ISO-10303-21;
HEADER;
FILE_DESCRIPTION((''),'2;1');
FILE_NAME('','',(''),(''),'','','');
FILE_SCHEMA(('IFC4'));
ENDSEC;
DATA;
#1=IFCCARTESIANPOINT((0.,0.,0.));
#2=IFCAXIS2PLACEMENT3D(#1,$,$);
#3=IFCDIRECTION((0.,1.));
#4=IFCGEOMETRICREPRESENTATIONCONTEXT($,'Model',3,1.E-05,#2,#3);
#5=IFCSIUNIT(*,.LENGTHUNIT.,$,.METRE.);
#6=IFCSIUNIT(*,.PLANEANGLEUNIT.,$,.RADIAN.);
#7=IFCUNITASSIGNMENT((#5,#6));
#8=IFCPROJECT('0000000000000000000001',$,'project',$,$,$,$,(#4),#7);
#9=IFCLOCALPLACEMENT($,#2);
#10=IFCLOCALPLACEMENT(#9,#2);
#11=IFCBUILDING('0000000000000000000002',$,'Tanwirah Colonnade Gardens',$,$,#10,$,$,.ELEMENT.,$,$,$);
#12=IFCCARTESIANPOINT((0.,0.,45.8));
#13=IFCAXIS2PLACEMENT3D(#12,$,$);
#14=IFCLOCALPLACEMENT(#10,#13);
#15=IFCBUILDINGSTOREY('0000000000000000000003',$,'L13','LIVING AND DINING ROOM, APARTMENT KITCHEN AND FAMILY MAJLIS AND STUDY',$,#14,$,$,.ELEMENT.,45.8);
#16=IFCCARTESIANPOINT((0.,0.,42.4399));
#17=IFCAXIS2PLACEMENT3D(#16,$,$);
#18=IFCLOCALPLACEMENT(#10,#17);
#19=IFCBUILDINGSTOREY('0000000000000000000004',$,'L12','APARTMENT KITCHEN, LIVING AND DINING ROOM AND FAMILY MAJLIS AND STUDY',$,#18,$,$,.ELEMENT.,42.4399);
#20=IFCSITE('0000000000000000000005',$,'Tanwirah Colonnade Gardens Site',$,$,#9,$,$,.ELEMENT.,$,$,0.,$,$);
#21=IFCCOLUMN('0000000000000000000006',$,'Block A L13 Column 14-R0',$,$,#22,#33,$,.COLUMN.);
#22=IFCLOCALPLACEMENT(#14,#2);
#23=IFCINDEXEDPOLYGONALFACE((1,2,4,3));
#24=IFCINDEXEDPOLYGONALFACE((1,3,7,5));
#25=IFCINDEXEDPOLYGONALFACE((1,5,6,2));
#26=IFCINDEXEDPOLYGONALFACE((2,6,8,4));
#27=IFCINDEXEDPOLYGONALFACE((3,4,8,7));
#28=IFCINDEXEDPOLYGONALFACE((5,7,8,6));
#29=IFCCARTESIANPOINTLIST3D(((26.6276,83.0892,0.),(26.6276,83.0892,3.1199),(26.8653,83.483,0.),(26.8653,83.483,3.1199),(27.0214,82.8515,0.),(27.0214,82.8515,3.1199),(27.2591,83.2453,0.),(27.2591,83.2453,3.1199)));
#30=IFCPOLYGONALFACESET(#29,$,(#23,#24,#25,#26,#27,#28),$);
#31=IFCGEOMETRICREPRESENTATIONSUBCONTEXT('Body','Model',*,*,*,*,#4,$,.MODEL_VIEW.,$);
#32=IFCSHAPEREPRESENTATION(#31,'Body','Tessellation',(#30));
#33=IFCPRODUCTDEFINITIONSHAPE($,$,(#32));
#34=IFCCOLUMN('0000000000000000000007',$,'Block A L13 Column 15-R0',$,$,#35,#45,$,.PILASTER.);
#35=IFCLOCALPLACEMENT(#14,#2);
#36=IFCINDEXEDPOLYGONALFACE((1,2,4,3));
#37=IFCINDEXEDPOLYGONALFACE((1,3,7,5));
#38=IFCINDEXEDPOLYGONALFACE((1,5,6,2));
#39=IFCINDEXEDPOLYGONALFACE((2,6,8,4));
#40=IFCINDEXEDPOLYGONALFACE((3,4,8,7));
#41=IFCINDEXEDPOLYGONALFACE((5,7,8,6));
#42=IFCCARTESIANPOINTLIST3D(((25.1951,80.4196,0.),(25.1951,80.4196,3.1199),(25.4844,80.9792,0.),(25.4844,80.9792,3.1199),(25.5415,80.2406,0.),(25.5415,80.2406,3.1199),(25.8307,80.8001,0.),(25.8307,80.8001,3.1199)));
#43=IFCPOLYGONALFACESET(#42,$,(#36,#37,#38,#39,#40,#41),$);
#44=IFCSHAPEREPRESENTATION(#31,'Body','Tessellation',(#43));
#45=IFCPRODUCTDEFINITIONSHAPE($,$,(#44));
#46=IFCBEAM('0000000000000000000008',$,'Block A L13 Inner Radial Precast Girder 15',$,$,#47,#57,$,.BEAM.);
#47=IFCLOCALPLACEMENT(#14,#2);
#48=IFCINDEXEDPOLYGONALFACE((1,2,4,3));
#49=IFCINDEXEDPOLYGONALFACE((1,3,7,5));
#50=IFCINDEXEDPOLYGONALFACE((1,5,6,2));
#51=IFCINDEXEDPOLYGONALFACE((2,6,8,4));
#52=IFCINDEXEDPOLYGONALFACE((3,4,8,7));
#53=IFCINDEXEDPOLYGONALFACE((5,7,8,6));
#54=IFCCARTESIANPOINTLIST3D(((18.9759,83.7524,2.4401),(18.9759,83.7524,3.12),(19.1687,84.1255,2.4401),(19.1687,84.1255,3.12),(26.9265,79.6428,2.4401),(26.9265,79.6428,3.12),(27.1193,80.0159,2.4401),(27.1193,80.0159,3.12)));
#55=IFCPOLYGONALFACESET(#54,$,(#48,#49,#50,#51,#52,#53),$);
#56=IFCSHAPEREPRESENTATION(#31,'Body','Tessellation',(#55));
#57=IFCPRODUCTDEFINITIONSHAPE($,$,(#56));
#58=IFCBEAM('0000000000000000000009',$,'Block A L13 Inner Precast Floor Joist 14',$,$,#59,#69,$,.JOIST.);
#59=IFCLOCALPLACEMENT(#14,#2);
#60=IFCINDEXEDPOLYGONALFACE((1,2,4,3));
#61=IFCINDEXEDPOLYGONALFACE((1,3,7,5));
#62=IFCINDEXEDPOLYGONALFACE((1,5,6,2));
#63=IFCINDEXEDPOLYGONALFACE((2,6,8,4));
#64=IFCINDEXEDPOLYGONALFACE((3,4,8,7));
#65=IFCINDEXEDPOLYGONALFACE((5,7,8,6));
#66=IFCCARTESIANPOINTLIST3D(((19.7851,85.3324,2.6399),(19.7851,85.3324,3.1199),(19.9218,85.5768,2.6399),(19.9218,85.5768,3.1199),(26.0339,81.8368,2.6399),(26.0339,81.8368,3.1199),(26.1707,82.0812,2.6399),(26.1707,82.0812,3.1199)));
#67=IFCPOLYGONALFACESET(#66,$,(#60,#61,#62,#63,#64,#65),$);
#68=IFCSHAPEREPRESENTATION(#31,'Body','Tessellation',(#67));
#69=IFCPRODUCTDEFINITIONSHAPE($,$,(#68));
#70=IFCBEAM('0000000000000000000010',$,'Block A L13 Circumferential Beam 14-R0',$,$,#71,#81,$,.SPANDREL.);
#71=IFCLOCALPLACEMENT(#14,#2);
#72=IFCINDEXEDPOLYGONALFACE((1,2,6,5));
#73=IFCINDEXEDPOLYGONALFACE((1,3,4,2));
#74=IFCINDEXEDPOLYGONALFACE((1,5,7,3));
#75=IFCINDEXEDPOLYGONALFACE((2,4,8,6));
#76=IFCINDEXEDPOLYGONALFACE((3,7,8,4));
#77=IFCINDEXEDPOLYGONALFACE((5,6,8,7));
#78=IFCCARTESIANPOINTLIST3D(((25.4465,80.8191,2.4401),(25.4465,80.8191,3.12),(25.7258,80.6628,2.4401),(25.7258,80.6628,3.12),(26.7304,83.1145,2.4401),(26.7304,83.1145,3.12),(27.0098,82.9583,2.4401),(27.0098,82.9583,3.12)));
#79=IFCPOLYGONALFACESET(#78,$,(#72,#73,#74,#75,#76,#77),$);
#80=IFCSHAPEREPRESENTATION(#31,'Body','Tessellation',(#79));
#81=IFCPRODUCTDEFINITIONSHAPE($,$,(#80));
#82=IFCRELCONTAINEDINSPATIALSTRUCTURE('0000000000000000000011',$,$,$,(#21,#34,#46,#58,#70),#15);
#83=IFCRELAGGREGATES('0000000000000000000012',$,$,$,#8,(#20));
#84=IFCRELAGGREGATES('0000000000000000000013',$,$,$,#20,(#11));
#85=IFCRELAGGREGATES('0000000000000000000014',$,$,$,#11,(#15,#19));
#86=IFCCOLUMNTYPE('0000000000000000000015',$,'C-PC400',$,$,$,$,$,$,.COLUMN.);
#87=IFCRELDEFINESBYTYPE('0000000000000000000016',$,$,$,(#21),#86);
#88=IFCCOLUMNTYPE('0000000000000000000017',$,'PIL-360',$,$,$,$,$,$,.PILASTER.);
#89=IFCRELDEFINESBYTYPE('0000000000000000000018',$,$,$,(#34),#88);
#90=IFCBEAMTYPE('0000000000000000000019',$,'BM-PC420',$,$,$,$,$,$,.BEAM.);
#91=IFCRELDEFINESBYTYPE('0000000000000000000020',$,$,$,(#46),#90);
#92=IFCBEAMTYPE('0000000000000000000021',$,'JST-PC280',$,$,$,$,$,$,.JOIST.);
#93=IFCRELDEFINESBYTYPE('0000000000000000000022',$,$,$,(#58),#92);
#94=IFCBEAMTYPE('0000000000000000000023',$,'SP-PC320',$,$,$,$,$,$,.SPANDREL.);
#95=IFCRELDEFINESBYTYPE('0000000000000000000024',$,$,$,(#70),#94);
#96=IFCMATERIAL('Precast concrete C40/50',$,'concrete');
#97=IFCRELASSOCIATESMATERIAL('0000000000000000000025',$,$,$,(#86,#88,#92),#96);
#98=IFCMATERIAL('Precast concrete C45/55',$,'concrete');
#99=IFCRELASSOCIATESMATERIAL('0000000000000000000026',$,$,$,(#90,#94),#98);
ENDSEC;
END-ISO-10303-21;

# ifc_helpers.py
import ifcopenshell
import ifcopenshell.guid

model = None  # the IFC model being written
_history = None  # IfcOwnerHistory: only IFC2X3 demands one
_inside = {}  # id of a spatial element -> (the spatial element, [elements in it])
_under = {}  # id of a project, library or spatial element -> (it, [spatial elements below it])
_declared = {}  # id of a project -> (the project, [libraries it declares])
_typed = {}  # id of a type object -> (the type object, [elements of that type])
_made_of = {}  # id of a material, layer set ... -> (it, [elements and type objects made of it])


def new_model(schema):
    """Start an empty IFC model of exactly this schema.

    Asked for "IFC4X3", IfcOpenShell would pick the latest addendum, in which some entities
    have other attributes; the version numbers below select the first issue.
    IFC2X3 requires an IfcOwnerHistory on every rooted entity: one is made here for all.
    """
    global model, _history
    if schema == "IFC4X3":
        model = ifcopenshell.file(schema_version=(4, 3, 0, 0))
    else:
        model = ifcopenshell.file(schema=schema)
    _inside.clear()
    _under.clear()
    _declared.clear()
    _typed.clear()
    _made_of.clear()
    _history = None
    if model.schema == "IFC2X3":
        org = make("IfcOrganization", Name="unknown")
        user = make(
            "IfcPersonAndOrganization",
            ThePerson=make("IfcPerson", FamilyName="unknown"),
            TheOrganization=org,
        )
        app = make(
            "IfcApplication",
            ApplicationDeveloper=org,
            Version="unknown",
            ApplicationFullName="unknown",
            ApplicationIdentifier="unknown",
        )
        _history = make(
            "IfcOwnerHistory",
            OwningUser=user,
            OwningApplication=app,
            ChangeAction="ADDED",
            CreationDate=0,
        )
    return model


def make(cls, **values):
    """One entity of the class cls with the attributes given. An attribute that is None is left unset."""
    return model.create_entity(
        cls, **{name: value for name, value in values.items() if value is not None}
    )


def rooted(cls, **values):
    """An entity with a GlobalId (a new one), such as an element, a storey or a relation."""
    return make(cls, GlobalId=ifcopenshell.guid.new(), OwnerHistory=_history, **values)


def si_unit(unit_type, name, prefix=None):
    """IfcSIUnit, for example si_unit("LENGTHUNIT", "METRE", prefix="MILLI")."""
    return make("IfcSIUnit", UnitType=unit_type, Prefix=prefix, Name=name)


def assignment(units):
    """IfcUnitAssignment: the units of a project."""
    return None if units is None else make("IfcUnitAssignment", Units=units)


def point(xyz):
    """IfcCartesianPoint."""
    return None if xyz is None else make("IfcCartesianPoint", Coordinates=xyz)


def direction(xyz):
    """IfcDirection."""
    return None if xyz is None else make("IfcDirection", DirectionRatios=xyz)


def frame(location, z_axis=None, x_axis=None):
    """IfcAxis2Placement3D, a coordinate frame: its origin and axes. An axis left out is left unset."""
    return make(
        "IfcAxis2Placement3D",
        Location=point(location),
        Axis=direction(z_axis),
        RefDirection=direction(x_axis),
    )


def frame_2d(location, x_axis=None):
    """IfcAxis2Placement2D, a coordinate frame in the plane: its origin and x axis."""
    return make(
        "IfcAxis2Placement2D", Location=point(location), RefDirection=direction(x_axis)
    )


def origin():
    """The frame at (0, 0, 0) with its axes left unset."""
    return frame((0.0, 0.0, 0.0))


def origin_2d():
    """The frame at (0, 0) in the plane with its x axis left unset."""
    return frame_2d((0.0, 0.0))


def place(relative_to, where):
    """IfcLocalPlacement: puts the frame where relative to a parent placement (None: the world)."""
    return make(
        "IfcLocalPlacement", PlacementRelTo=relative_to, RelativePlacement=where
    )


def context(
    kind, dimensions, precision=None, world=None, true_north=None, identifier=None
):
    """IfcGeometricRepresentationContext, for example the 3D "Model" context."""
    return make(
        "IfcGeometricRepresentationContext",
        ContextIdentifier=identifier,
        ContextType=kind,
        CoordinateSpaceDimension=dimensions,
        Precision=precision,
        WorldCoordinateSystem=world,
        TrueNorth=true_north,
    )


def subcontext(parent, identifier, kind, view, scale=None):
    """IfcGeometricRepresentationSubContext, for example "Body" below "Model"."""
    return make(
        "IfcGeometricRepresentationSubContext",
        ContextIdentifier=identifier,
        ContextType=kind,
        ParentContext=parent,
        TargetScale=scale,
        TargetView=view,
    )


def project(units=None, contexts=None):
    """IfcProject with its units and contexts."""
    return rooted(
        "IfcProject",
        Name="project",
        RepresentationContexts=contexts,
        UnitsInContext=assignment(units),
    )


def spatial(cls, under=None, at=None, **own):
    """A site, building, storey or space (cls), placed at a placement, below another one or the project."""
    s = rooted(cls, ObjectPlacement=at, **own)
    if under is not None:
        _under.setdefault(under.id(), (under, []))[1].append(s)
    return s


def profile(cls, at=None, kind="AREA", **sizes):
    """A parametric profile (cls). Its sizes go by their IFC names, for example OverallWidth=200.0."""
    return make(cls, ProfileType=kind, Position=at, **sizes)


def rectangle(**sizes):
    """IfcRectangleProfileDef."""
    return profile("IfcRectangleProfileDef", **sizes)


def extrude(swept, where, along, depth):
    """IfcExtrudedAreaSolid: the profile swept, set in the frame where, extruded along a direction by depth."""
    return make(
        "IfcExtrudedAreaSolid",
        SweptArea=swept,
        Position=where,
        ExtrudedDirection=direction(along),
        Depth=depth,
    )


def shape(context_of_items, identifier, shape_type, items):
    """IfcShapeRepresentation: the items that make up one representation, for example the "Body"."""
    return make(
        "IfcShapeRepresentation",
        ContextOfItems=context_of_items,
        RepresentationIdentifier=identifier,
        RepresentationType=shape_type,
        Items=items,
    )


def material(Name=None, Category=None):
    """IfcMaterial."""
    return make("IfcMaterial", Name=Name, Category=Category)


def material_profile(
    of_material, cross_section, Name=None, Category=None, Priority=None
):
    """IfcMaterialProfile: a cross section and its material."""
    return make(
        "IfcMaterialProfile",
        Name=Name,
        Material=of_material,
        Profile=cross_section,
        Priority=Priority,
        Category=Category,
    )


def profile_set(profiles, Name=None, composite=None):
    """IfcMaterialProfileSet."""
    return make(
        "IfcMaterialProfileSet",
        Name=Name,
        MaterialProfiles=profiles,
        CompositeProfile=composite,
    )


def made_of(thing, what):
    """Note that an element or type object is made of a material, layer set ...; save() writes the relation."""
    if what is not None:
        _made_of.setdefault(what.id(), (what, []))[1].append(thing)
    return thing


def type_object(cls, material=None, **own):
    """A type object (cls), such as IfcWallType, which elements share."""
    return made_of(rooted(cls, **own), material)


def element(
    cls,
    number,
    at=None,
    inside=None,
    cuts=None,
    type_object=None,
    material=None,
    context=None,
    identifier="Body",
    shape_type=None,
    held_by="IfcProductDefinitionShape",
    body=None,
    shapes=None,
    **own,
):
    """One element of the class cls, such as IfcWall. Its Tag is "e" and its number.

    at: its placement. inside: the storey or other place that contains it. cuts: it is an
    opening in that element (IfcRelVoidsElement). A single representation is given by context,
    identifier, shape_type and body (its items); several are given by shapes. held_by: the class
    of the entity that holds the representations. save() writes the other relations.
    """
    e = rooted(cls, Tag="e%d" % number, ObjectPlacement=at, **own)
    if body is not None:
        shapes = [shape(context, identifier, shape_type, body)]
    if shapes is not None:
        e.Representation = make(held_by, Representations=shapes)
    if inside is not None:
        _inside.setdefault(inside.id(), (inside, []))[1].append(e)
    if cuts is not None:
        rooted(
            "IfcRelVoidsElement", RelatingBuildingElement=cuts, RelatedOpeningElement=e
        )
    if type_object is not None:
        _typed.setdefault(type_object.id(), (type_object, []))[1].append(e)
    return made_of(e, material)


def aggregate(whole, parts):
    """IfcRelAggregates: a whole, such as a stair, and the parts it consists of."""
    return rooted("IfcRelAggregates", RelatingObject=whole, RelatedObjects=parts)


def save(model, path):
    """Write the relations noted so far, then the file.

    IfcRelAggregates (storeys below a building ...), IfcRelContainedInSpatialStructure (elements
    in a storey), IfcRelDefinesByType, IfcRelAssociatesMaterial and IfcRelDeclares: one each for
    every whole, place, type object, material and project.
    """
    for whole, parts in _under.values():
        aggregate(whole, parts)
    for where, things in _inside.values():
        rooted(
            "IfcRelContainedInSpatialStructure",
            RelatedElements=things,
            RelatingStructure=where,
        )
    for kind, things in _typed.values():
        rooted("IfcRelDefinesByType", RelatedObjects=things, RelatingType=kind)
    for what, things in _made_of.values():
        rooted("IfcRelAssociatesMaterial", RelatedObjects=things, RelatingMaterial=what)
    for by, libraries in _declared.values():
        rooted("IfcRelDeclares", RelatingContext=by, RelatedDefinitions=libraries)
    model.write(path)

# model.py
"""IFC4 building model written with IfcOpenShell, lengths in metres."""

from ifc_helpers import new_model, si_unit, direction, frame, origin, origin_2d, place, context, subcontext, project, spatial, rectangle, extrude, material, material_profile, profile_set, type_object, element, save


model = new_model("IFC4")

# Units and contexts
model_context = context("Model", 3, precision=1e-05, world=origin(), true_north=direction((0.0, 1.0)))
body_context = subcontext(model_context, "Body", "Model", "MODEL_VIEW")
ifc_project = project(units=[si_unit("LENGTHUNIT", "METRE"), si_unit("PLANEANGLEUNIT", "RADIAN")], contexts=[model_context])

# Site, building, storey
site_placement = place(None, origin())
site = spatial("IfcSite", under=ifc_project, at=site_placement, Name="Tanwirah Colonnade Gardens Site", CompositionType="ELEMENT", RefElevation=0.0)
building_placement = place(site_placement, origin())
building = spatial("IfcBuilding", under=site, at=building_placement, Name="Tanwirah Colonnade Gardens", CompositionType="ELEMENT")
storey_1_placement = place(building_placement, frame((0.0, 0.0, 45.8)))
storey_1 = spatial("IfcBuildingStorey", under=building, at=storey_1_placement, Name="L13", Description="LIVING AND DINING ROOM, APARTMENT KITCHEN AND FAMILY MAJLIS AND STUDY", CompositionType="ELEMENT", Elevation=45.8)

# Columns
ifc_material_1 = material(Name="Precast concrete C40/50", Category="concrete")
ifc_material_profile_1 = material_profile(ifc_material_1, rectangle(XDim=0.46, YDim=0.46, at=origin_2d()), Name="PC-COL 460x460")
ifc_profile_set_1 = profile_set([ifc_material_profile_1], Name="Precast concrete C40/50")
column_type_1 = type_object("IfcColumnType", Name="C-PC400", PredefinedType="COLUMN", material=ifc_profile_set_1)
column_1_placement = place(storey_1_placement, frame((26.9434, 83.1672, 0.0), z_axis=(0.0, 0.0, 1.0), x_axis=(-0.856167, 0.516699, 0.0)))
element("IfcColumn", 1, at=column_1_placement, inside=storey_1, type_object=column_type_1, Name="Block A L13 Column 14-R0", PredefinedType="COLUMN", context=body_context, shape_type="SweptSolid", body=[
    extrude(rectangle(XDim=0.46, YDim=0.46, at=origin_2d()), origin(), (0.0, 0.0, 1.0), 3.1199),
])
ifc_material_profile_2 = material_profile(ifc_material_1, rectangle(XDim=0.3899, YDim=0.6299, at=origin_2d()), Name="PC-PIL 390x630")
ifc_profile_set_2 = profile_set([ifc_material_profile_2], Name="Precast concrete C40/50")
column_type_2 = type_object("IfcColumnType", Name="PIL-360", PredefinedType="PILASTER", material=ifc_profile_set_2)
column_2_placement = place(storey_1_placement, frame((25.5129, 80.6099, 0.0), z_axis=(0.0, 0.0, 1.0), x_axis=(-0.88835, 0.459166, 0.0)))
element("IfcColumn", 2, at=column_2_placement, inside=storey_1, type_object=column_type_2, Name="Block A L13 Column 15-R0", PredefinedType="PILASTER", context=body_context, shape_type="SweptSolid", body=[
    extrude(rectangle(XDim=0.3899, YDim=0.6299, at=origin_2d()), origin(), (0.0, 0.0, 1.0), 3.1199),
])

# Beams
ifc_material_2 = material(Name="Precast concrete C45/55", Category="concrete")
ifc_material_profile_3 = material_profile(ifc_material_2, rectangle(XDim=0.4199, YDim=0.6799, at=origin_2d()), Name="PC-BM 420x680")
ifc_profile_set_3 = profile_set([ifc_material_profile_3], Name="Precast concrete C45/55")
beam_type_1 = type_object("IfcBeamType", Name="BM-PC420", PredefinedType="BEAM", material=ifc_profile_set_3)
beam_1_placement = place(storey_1_placement, frame((19.0723, 83.939, 2.78), z_axis=(0.888345, -0.459176, 0.0), x_axis=(0.459176, 0.888345, 0.0)))
element("IfcBeam", 3, at=beam_1_placement, inside=storey_1, type_object=beam_type_1, Name="Block A L13 Inner Radial Precast Girder 15", PredefinedType="BEAM", context=body_context, shape_type="SweptSolid", body=[
    extrude(rectangle(XDim=0.4199, YDim=0.6799, at=origin_2d()), origin(), (0.0, 0.0, 1.0), 8.95),
])
ifc_material_profile_4 = material_profile(ifc_material_1, rectangle(XDim=0.28, YDim=0.48, at=origin_2d()), Name="PC-JST 280x480")
ifc_profile_set_4 = profile_set([ifc_material_profile_4], Name="Precast concrete C40/50")
beam_type_2 = type_object("IfcBeamType", Name="JST-PC280", PredefinedType="JOIST", material=ifc_profile_set_4)
beam_2_placement = place(storey_1_placement, frame((26.1023, 81.959, 2.8799), z_axis=(-0.872727, 0.488209, 0.0), x_axis=(-0.488209, -0.872727, 0.0)))
element("IfcBeam", 4, at=beam_2_placement, inside=storey_1, type_object=beam_type_2, Name="Block A L13 Inner Precast Floor Joist 14", PredefinedType="JOIST", context=body_context, shape_type="SweptSolid", body=[
    extrude(rectangle(XDim=0.28, YDim=0.48, at=origin_2d()), origin(), (0.0, 0.0, 1.0), 7.1602),
])
ifc_material_profile_5 = material_profile(ifc_material_2, rectangle(XDim=0.3201, YDim=0.6799, at=origin_2d()), Name="PC-SP 320x680")
ifc_profile_set_5 = profile_set([ifc_material_profile_5], Name="Precast concrete C45/55")
beam_type_3 = type_object("IfcBeamType", Name="SP-PC320", PredefinedType="SPANDREL", material=ifc_profile_set_5)
beam_3_placement = place(storey_1_placement, frame((26.8701, 83.0364, 2.78), z_axis=(-0.488171, -0.872748, 0.0), x_axis=(0.872748, -0.488171, 0.0)))
element("IfcBeam", 5, at=beam_3_placement, inside=storey_1, type_object=beam_type_3, Name="Block A L13 Circumferential Beam 14-R0", PredefinedType="SPANDREL", context=body_context, shape_type="SweptSolid", body=[
    extrude(rectangle(XDim=0.3201, YDim=0.6799, at=origin_2d()), origin(), (0.0, 0.0, 1.0), 2.6301),
])

# Shared definitions
storey_2_placement = place(building_placement, frame((0.0, 0.0, 42.4399)))
storey_2 = spatial("IfcBuildingStorey", under=building, at=storey_2_placement, Name="L12", Description="APARTMENT KITCHEN, LIVING AND DINING ROOM AND FAMILY MAJLIS AND STUDY", CompositionType="ELEMENT", Elevation=42.4399)

save(model, "model.ifc")
